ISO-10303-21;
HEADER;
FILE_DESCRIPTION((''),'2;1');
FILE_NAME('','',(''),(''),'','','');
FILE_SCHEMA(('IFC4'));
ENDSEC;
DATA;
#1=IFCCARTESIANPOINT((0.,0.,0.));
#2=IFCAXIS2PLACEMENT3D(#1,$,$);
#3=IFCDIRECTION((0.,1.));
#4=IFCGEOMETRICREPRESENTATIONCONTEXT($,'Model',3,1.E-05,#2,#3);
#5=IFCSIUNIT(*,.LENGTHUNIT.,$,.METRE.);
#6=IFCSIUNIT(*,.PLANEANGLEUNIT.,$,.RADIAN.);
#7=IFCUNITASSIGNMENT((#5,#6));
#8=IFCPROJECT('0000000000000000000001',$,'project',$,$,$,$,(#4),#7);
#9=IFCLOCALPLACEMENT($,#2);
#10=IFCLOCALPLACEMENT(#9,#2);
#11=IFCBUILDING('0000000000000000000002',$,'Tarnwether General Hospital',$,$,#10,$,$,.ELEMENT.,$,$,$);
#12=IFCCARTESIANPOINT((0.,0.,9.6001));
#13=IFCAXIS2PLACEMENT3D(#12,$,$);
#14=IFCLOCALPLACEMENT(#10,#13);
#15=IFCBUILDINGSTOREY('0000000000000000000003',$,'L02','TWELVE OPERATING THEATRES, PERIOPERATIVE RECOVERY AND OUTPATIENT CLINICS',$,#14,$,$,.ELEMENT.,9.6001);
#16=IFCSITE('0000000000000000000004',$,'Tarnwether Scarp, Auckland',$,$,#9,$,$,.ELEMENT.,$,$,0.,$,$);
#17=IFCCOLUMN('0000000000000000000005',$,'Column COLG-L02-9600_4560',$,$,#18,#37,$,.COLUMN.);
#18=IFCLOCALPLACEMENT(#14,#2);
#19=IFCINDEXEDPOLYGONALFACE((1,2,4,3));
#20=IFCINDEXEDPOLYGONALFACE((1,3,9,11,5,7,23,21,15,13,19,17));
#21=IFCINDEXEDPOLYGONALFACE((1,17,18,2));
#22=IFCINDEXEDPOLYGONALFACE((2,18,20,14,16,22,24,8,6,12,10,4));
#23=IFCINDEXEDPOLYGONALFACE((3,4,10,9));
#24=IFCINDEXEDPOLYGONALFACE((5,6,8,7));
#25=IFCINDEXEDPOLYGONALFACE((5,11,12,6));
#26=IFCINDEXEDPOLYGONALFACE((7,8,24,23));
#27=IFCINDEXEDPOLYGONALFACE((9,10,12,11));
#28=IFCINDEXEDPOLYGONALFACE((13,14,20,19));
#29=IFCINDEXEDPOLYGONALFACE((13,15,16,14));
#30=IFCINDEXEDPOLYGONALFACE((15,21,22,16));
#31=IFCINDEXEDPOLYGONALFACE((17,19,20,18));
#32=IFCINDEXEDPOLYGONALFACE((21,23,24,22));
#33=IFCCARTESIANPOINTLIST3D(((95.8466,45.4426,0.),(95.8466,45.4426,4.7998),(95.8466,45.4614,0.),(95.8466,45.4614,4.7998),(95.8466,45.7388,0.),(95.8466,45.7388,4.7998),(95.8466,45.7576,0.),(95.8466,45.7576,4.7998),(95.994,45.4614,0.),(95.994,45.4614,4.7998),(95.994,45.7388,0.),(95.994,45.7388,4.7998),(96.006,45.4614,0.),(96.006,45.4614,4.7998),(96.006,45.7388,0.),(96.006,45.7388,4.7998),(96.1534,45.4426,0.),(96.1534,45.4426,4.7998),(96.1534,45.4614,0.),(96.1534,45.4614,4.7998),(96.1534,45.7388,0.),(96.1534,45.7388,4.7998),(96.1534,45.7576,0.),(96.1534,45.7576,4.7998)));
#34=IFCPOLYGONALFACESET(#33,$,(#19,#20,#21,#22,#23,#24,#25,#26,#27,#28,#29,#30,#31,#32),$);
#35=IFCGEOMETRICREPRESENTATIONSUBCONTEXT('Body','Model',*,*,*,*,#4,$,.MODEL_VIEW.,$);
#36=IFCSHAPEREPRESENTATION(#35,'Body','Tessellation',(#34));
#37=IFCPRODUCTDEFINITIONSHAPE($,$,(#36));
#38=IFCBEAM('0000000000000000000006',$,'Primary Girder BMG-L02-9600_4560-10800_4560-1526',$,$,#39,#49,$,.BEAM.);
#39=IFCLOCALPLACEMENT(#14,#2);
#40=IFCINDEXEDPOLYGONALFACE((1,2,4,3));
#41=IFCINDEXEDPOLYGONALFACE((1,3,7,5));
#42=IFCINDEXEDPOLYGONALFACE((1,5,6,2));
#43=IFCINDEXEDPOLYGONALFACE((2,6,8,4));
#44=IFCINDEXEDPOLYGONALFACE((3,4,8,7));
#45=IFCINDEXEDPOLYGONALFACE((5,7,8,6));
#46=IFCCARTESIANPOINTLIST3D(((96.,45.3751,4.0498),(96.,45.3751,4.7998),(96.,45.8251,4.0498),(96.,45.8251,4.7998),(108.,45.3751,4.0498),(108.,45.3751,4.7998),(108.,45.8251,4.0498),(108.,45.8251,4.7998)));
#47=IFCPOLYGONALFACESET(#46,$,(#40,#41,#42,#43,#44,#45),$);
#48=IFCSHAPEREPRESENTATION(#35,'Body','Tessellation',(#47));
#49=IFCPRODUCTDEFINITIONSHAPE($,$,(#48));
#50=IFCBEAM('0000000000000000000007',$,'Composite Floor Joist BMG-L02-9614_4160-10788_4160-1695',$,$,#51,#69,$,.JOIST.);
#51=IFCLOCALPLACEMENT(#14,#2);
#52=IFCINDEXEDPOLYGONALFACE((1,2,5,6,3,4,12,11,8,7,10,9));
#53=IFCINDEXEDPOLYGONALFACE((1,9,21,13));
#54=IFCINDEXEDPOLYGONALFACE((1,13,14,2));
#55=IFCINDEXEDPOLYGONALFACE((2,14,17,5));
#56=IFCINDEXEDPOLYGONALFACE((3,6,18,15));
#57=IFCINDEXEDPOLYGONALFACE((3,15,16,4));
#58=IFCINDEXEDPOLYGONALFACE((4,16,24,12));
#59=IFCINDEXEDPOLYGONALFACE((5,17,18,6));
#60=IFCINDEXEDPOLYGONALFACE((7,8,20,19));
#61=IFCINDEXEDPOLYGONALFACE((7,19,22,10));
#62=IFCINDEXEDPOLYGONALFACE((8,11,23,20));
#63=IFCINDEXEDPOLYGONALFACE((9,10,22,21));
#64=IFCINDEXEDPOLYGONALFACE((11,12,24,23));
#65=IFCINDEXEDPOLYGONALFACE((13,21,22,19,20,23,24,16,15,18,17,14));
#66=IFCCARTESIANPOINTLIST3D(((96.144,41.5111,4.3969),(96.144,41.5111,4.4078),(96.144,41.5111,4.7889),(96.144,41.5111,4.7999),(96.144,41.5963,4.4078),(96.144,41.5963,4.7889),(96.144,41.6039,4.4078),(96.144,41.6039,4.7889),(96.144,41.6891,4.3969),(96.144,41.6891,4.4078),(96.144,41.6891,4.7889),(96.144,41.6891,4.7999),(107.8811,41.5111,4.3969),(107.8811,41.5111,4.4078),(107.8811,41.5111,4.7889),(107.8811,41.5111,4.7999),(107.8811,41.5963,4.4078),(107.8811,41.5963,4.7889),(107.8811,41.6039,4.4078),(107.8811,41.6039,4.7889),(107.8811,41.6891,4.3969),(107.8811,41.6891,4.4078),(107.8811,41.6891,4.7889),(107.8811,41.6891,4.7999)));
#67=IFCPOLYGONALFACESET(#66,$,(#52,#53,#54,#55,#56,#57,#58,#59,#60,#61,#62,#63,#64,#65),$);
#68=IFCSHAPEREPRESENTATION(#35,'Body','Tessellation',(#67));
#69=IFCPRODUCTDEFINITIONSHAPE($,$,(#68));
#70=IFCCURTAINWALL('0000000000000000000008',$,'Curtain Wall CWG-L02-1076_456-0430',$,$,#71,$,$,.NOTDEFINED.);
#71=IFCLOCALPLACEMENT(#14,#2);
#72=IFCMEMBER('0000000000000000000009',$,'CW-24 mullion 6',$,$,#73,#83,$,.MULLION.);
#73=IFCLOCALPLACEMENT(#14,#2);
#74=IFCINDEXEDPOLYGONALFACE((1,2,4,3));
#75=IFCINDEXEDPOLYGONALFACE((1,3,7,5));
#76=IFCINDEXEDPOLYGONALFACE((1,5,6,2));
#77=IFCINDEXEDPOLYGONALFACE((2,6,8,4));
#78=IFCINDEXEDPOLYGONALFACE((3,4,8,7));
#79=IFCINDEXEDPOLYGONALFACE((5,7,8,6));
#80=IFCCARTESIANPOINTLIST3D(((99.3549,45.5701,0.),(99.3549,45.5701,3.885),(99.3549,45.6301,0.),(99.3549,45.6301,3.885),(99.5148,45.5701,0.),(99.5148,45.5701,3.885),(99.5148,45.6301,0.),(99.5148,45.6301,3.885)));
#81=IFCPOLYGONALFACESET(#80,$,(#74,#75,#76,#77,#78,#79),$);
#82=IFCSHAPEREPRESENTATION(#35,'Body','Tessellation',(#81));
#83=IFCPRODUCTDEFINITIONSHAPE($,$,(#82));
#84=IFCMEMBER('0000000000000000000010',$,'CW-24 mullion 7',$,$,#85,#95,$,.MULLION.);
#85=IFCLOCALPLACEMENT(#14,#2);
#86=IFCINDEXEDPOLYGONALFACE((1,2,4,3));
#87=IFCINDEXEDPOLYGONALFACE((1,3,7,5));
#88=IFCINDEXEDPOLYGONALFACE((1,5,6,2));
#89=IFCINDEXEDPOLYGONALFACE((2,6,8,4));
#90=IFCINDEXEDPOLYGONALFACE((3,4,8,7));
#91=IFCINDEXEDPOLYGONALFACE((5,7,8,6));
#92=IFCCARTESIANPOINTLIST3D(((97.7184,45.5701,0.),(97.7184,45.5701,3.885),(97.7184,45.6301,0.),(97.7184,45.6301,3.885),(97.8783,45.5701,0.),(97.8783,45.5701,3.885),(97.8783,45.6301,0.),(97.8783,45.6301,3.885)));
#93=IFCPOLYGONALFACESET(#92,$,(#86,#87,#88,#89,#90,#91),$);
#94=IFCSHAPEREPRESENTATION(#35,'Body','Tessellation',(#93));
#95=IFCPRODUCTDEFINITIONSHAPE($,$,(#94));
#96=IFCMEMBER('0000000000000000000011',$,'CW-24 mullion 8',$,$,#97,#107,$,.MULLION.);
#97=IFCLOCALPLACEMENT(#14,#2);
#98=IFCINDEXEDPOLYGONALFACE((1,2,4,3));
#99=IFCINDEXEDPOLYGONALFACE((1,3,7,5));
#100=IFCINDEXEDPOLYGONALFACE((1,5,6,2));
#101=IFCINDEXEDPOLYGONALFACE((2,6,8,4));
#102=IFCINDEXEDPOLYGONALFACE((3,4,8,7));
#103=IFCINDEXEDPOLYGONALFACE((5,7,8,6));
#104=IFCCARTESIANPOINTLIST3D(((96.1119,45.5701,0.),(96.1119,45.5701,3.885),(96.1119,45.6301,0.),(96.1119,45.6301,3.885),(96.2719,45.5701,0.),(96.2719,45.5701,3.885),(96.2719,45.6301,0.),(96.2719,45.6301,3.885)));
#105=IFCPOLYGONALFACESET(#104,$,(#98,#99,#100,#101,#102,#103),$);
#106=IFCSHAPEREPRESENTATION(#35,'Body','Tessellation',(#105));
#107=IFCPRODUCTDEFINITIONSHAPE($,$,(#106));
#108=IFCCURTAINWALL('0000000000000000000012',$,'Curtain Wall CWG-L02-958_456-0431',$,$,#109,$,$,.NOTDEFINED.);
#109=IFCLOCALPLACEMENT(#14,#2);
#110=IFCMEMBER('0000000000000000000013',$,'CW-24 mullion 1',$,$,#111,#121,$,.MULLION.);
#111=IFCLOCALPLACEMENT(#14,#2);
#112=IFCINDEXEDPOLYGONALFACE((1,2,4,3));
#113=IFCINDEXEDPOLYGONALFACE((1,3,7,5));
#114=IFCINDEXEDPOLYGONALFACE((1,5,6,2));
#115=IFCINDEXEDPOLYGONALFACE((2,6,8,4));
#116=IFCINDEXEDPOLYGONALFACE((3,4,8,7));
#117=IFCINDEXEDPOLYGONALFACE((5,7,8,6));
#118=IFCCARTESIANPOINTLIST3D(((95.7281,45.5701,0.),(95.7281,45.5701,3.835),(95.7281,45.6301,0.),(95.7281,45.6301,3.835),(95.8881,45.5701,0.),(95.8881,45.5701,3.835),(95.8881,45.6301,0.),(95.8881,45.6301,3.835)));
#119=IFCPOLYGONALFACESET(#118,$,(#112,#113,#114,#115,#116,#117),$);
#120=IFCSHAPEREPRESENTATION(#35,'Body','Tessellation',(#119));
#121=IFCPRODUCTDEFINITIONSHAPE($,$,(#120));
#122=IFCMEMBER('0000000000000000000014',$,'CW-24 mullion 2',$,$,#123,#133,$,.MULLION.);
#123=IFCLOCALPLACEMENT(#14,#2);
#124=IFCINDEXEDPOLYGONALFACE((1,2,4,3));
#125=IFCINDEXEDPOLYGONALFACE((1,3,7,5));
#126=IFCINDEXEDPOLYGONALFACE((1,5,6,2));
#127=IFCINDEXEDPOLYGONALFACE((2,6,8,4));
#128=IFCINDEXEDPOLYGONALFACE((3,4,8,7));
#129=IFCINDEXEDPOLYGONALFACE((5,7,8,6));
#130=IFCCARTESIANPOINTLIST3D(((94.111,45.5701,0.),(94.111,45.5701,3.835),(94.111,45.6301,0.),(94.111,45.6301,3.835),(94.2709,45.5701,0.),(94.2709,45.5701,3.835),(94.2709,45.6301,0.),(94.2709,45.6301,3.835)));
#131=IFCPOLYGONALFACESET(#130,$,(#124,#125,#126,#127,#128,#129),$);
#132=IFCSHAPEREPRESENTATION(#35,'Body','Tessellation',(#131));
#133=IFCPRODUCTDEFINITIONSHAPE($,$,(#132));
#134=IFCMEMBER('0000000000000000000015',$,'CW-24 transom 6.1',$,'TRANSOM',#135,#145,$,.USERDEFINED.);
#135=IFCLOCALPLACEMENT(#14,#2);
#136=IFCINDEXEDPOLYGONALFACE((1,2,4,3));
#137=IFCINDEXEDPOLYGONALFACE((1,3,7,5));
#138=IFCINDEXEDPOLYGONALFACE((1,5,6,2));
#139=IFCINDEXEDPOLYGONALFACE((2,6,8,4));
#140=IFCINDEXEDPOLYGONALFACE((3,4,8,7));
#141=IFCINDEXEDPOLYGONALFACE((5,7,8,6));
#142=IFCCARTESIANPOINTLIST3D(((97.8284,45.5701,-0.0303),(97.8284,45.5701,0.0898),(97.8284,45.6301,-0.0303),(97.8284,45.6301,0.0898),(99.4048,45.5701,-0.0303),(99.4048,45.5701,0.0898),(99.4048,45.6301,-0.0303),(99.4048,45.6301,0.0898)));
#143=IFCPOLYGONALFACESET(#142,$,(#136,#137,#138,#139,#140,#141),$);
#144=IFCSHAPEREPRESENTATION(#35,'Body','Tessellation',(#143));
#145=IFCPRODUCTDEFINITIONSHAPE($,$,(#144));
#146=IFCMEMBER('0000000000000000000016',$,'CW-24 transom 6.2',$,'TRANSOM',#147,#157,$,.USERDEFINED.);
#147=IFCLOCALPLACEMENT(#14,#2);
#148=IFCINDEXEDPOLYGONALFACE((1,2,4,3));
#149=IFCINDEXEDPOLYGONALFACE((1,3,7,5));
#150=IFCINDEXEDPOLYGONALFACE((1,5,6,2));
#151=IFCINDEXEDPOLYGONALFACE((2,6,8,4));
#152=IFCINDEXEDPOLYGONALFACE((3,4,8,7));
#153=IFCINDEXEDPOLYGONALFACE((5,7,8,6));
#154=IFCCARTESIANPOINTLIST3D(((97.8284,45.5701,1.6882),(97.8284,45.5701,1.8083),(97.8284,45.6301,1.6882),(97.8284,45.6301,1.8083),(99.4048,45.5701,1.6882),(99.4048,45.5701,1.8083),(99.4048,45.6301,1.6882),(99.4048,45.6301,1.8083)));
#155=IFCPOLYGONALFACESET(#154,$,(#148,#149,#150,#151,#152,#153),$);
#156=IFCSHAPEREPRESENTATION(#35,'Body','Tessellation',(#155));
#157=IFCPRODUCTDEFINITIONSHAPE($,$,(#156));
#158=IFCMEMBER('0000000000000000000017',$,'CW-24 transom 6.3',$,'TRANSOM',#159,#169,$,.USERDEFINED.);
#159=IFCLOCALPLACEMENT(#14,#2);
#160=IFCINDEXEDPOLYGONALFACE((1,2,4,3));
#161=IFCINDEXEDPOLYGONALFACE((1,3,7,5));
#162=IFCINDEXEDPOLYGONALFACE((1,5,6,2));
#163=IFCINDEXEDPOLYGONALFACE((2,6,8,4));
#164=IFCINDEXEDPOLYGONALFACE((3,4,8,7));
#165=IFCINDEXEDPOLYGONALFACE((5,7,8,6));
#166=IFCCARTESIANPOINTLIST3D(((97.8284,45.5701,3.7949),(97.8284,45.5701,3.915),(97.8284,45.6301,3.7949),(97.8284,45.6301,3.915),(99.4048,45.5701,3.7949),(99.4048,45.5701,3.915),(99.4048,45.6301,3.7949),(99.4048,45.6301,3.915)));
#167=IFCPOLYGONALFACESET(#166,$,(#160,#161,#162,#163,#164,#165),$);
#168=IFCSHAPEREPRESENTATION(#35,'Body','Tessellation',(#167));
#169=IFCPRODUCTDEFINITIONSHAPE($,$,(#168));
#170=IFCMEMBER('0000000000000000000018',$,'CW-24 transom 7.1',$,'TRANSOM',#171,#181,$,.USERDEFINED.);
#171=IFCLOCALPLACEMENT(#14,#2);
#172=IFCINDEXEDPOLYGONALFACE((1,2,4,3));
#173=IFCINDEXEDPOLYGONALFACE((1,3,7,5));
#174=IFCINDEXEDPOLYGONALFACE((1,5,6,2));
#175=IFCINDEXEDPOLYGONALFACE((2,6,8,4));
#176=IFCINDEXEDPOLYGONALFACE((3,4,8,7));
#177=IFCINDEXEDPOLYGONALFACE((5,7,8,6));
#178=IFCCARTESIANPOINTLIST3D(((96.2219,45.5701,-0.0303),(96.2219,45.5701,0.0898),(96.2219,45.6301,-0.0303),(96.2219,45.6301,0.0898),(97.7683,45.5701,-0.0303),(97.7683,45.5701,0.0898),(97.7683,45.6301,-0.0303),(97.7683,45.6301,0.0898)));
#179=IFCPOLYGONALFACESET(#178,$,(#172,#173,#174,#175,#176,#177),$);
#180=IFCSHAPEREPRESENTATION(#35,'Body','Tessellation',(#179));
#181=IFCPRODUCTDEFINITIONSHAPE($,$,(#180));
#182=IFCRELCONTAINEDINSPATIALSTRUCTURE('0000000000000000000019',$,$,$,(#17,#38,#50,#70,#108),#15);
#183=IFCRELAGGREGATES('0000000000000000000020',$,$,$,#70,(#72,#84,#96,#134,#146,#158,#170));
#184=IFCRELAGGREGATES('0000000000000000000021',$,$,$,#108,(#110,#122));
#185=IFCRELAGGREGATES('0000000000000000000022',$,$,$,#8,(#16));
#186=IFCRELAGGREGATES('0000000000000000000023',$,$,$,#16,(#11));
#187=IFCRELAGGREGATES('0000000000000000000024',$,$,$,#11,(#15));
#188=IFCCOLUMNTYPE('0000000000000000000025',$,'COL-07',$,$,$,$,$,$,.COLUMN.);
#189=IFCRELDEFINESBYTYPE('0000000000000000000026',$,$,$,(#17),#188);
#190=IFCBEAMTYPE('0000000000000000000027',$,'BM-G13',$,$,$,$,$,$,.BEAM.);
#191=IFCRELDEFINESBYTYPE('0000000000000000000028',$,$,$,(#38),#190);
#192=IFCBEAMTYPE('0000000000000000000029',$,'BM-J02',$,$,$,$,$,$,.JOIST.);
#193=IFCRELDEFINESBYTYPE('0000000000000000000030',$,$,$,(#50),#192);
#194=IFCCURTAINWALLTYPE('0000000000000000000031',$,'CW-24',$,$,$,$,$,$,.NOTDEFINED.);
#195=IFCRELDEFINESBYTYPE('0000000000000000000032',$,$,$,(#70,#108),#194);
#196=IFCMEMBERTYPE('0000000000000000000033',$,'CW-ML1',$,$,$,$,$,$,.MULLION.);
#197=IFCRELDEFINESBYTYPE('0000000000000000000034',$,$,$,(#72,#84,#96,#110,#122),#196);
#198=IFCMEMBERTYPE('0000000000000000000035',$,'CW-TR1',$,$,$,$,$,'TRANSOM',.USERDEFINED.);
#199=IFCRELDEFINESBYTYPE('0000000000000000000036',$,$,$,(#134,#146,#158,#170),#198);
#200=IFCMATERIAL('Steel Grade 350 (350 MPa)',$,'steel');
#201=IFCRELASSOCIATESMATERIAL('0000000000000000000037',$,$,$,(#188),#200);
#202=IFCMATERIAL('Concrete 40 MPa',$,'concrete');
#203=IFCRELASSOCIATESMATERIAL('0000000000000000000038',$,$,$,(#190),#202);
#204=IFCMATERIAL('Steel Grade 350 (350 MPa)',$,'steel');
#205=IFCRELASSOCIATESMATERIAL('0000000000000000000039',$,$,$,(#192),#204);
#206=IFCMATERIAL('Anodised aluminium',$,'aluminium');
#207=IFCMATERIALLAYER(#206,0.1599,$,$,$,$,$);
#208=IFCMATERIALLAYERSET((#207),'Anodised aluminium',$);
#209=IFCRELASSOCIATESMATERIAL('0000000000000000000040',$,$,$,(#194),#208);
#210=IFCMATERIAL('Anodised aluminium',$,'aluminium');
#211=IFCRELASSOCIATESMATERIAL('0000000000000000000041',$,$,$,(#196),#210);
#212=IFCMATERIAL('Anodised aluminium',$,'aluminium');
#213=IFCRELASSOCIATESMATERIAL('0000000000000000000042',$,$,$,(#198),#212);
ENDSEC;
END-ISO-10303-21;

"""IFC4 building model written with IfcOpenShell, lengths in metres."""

from ifc_helpers import new_model, si_unit, direction, frame, origin, origin_2d, place, context, subcontext, project, spatial, rectangle, i_section, extrude, material, layer, layer_set, material_profile, profile_set, type_object, element, aggregate, save


model = new_model("IFC4")

# Units and contexts
model_context = context("Model", 3, precision=1e-05, world=origin(), true_north=direction((0.0, 1.0)))
body_context = subcontext(model_context, "Body", "Model", "MODEL_VIEW")
ifc_project = project(units=[si_unit("LENGTHUNIT", "METRE"), si_unit("PLANEANGLEUNIT", "RADIAN")], contexts=[model_context])

# Site, building, storey
site_placement = place(None, origin())
site = spatial("IfcSite", under=ifc_project, at=site_placement, Name="Tarnwether Scarp, Auckland", CompositionType="ELEMENT", RefElevation=0.0)
building_placement = place(site_placement, origin())
building = spatial("IfcBuilding", under=site, at=building_placement, Name="Tarnwether General Hospital", CompositionType="ELEMENT")
storey_placement = place(building_placement, frame((0.0, 0.0, 9.6001)))
storey = spatial("IfcBuildingStorey", under=building, at=storey_placement, Name="L02", Description="TWELVE OPERATING THEATRES, PERIOPERATIVE RECOVERY AND OUTPATIENT CLINICS", CompositionType="ELEMENT", Elevation=9.6001)

# Column
ifc_material_1 = material(Name="Steel Grade 350 (350 MPa)", Category="steel")
ifc_material_profile_1 = material_profile(ifc_material_1, i_section(OverallWidth=0.3069, OverallDepth=0.3149, WebThickness=0.012, FlangeThickness=0.0188, at=origin_2d()), Name="310UC118")
ifc_profile_set_1 = profile_set([ifc_material_profile_1], Name="Steel Grade 350 (350 MPa)")
column_type = type_object("IfcColumnType", Name="COL-07", PredefinedType="COLUMN", material=ifc_profile_set_1)
column_placement = place(storey_placement, frame((96.0, 45.6001, 0.0), z_axis=(0.0, 0.0, 1.0), x_axis=(1.0, 0.0, 0.0)))
element("IfcColumn", 1, at=column_placement, inside=storey, type_object=column_type, Name="Column COLG-L02-9600_4560", PredefinedType="COLUMN", context=body_context, shape_type="SweptSolid", body=[
    extrude(i_section(OverallWidth=0.3069, OverallDepth=0.3149, WebThickness=0.012, FlangeThickness=0.0188, at=origin_2d()), origin(), (0.0, 0.0, 1.0), 4.7998),
])

# Beams
ifc_material_2 = material(Name="Concrete 40 MPa", Category="concrete")
ifc_material_profile_2 = material_profile(ifc_material_2, rectangle(XDim=0.45, YDim=0.75, at=origin_2d()), Name="RC-BM-450x750")
ifc_profile_set_2 = profile_set([ifc_material_profile_2], Name="Concrete 40 MPa")
beam_type_1 = type_object("IfcBeamType", Name="BM-G13", PredefinedType="BEAM", material=ifc_profile_set_2)
beam_1_placement = place(storey_placement, frame((96.0, 45.6001, 4.4248), z_axis=(1.0, 0.0, 0.0), x_axis=(0.0, 1.0, 0.0)))
element("IfcBeam", 2, at=beam_1_placement, inside=storey, type_object=beam_type_1, Name="Primary Girder BMG-L02-9600_4560-10800_4560-1526", PredefinedType="BEAM", context=body_context, shape_type="SweptSolid", body=[
    extrude(rectangle(XDim=0.45, YDim=0.75, at=origin_2d()), origin(), (0.0, 0.0, 1.0), 12.0),
])
ifc_material_3 = material(Name="Steel Grade 350 (350 MPa)", Category="steel")
ifc_material_profile_3 = material_profile(ifc_material_3, i_section(OverallWidth=0.178, OverallDepth=0.4031, WebThickness=0.0076, FlangeThickness=0.011, at=origin_2d()), Name="410UB53.7")
ifc_profile_set_3 = profile_set([ifc_material_profile_3], Name="Steel Grade 350 (350 MPa)")
beam_type_2 = type_object("IfcBeamType", Name="BM-J02", PredefinedType="JOIST", material=ifc_profile_set_3)
beam_2_placement = place(storey_placement, frame((96.144, 41.6001, 4.5984), z_axis=(1.0, 0.0, 0.0), x_axis=(0.0, 1.0, 0.0)))
element("IfcBeam", 3, at=beam_2_placement, inside=storey, type_object=beam_type_2, Name="Composite Floor Joist BMG-L02-9614_4160-10788_4160-1695", PredefinedType="JOIST", context=body_context, shape_type="SweptSolid", body=[
    extrude(i_section(OverallWidth=0.178, OverallDepth=0.4031, WebThickness=0.0076, FlangeThickness=0.011, at=origin_2d()), origin(), (0.0, 0.0, 1.0), 11.7371),
])

# Curtain walls, members
ifc_material_4 = material(Name="Anodised aluminium", Category="aluminium")
ifc_layer_1 = layer(ifc_material_4, 0.1599)
ifc_layer_set_1 = layer_set([ifc_layer_1], Name="Anodised aluminium")
curtain_wall_type = type_object("IfcCurtainWallType", Name="CW-24", PredefinedType="NOTDEFINED", material=ifc_layer_set_1)
curtain_wall_1_placement = place(storey_placement, origin())
curtain_wall_1 = element("IfcCurtainWall", 4, at=curtain_wall_1_placement, inside=storey, type_object=curtain_wall_type, Name="Curtain Wall CWG-L02-1076_456-0430", PredefinedType="NOTDEFINED")
ifc_material_5 = material(Name="Anodised aluminium", Category="aluminium")
ifc_material_profile_4 = material_profile(ifc_material_5, rectangle(XDim=0.0601, YDim=0.1599, at=origin_2d()), Name="ALU-MUL-60x160")
ifc_profile_set_4 = profile_set([ifc_material_profile_4], Name="Anodised aluminium")
member_type_1 = type_object("IfcMemberType", Name="CW-ML1", PredefinedType="MULLION", material=ifc_profile_set_4)
member_1_placement = place(storey_placement, frame((99.4348, 45.6001, 0.0), z_axis=(0.0, 0.0, 1.0), x_axis=(0.0, -1.0, 0.0)))
member_1 = element("IfcMember", 5, at=member_1_placement, type_object=member_type_1, Name="CW-24 mullion 6", PredefinedType="MULLION", context=body_context, shape_type="SweptSolid", body=[
    extrude(rectangle(XDim=0.0601, YDim=0.1599, at=origin_2d()), origin(), (0.0, 0.0, 1.0), 3.885),
])
member_2_placement = place(storey_placement, frame((97.7983, 45.6001, 0.0), z_axis=(0.0, 0.0, 1.0), x_axis=(0.0, -1.0, 0.0)))
member_2 = element("IfcMember", 6, at=member_2_placement, type_object=member_type_1, Name="CW-24 mullion 7", PredefinedType="MULLION", context=body_context, shape_type="SweptSolid", body=[
    extrude(rectangle(XDim=0.0601, YDim=0.1599, at=origin_2d()), origin(), (0.0, 0.0, 1.0), 3.885),
])
member_3_placement = place(storey_placement, frame((96.1919, 45.6001, 0.0), z_axis=(0.0, 0.0, 1.0), x_axis=(0.0, -1.0, 0.0)))
member_3 = element("IfcMember", 7, at=member_3_placement, type_object=member_type_1, Name="CW-24 mullion 8", PredefinedType="MULLION", context=body_context, shape_type="SweptSolid", body=[
    extrude(rectangle(XDim=0.0601, YDim=0.1599, at=origin_2d()), origin(), (0.0, 0.0, 1.0), 3.885),
])
curtain_wall_2_placement = place(storey_placement, origin())
curtain_wall_2 = element("IfcCurtainWall", 8, at=curtain_wall_2_placement, inside=storey, type_object=curtain_wall_type, Name="Curtain Wall CWG-L02-958_456-0431", PredefinedType="NOTDEFINED")
member_4_placement = place(storey_placement, frame((95.8081, 45.6001, 0.0), z_axis=(0.0, 0.0, 1.0), x_axis=(0.0, -1.0, 0.0)))
member_4 = element("IfcMember", 9, at=member_4_placement, type_object=member_type_1, Name="CW-24 mullion 1", PredefinedType="MULLION", context=body_context, shape_type="SweptSolid", body=[
    extrude(rectangle(XDim=0.0601, YDim=0.1599, at=origin_2d()), origin(), (0.0, 0.0, 1.0), 3.835),
])
member_5_placement = place(storey_placement, frame((94.1909, 45.6001, 0.0), z_axis=(0.0, 0.0, 1.0), x_axis=(0.0, -1.0, 0.0)))
member_5 = element("IfcMember", 10, at=member_5_placement, type_object=member_type_1, Name="CW-24 mullion 2", PredefinedType="MULLION", context=body_context, shape_type="SweptSolid", body=[
    extrude(rectangle(XDim=0.0601, YDim=0.1599, at=origin_2d()), origin(), (0.0, 0.0, 1.0), 3.835),
])

# Members
ifc_material_6 = material(Name="Anodised aluminium", Category="aluminium")
ifc_material_profile_5 = material_profile(ifc_material_6, rectangle(XDim=0.0601, YDim=0.1201, at=origin_2d()), Name="ALU-TRN-60x120")
ifc_profile_set_5 = profile_set([ifc_material_profile_5], Name="Anodised aluminium")
member_type_2 = type_object("IfcMemberType", Name="CW-TR1", ElementType="TRANSOM", PredefinedType="USERDEFINED", material=ifc_profile_set_5)
member_6_placement = place(storey_placement, frame((99.4048, 45.6001, 0.0298), z_axis=(-1.0, 0.0, 0.0), x_axis=(0.0, -1.0, 0.0)))
member_6 = element("IfcMember", 11, at=member_6_placement, type_object=member_type_2, Name="CW-24 transom 6.1", ObjectType="TRANSOM", PredefinedType="USERDEFINED", context=body_context, shape_type="SweptSolid", body=[
    extrude(rectangle(XDim=0.0601, YDim=0.1201, at=origin_2d()), origin(), (0.0, 0.0, 1.0), 1.5764),
])
member_7_placement = place(storey_placement, frame((99.4048, 45.6001, 1.7483), z_axis=(-1.0, 0.0, 0.0), x_axis=(0.0, -1.0, 0.0)))
member_7 = element("IfcMember", 12, at=member_7_placement, type_object=member_type_2, Name="CW-24 transom 6.2", ObjectType="TRANSOM", PredefinedType="USERDEFINED", context=body_context, shape_type="SweptSolid", body=[
    extrude(rectangle(XDim=0.0601, YDim=0.1201, at=origin_2d()), origin(), (0.0, 0.0, 1.0), 1.5764),
])
member_8_placement = place(storey_placement, frame((99.4048, 45.6001, 3.855), z_axis=(-1.0, 0.0, 0.0), x_axis=(0.0, -1.0, 0.0)))
member_8 = element("IfcMember", 13, at=member_8_placement, type_object=member_type_2, Name="CW-24 transom 6.3", ObjectType="TRANSOM", PredefinedType="USERDEFINED", context=body_context, shape_type="SweptSolid", body=[
    extrude(rectangle(XDim=0.0601, YDim=0.1201, at=origin_2d()), origin(), (0.0, 0.0, 1.0), 1.5764),
])
member_9_placement = place(storey_placement, frame((97.7683, 45.6001, 0.0298), z_axis=(-1.0, 0.0, 0.0), x_axis=(0.0, -1.0, 0.0)))
member_9 = element("IfcMember", 14, at=member_9_placement, type_object=member_type_2, Name="CW-24 transom 7.1", ObjectType="TRANSOM", PredefinedType="USERDEFINED", context=body_context, shape_type="SweptSolid", body=[
    extrude(rectangle(XDim=0.0601, YDim=0.1201, at=origin_2d()), origin(), (0.0, 0.0, 1.0), 1.5464),
])

aggregate(curtain_wall_1, [member_1, member_2, member_3, member_6, member_7, member_8, member_9])
aggregate(curtain_wall_2, [member_4, member_5])

save(model, "model.ifc")
